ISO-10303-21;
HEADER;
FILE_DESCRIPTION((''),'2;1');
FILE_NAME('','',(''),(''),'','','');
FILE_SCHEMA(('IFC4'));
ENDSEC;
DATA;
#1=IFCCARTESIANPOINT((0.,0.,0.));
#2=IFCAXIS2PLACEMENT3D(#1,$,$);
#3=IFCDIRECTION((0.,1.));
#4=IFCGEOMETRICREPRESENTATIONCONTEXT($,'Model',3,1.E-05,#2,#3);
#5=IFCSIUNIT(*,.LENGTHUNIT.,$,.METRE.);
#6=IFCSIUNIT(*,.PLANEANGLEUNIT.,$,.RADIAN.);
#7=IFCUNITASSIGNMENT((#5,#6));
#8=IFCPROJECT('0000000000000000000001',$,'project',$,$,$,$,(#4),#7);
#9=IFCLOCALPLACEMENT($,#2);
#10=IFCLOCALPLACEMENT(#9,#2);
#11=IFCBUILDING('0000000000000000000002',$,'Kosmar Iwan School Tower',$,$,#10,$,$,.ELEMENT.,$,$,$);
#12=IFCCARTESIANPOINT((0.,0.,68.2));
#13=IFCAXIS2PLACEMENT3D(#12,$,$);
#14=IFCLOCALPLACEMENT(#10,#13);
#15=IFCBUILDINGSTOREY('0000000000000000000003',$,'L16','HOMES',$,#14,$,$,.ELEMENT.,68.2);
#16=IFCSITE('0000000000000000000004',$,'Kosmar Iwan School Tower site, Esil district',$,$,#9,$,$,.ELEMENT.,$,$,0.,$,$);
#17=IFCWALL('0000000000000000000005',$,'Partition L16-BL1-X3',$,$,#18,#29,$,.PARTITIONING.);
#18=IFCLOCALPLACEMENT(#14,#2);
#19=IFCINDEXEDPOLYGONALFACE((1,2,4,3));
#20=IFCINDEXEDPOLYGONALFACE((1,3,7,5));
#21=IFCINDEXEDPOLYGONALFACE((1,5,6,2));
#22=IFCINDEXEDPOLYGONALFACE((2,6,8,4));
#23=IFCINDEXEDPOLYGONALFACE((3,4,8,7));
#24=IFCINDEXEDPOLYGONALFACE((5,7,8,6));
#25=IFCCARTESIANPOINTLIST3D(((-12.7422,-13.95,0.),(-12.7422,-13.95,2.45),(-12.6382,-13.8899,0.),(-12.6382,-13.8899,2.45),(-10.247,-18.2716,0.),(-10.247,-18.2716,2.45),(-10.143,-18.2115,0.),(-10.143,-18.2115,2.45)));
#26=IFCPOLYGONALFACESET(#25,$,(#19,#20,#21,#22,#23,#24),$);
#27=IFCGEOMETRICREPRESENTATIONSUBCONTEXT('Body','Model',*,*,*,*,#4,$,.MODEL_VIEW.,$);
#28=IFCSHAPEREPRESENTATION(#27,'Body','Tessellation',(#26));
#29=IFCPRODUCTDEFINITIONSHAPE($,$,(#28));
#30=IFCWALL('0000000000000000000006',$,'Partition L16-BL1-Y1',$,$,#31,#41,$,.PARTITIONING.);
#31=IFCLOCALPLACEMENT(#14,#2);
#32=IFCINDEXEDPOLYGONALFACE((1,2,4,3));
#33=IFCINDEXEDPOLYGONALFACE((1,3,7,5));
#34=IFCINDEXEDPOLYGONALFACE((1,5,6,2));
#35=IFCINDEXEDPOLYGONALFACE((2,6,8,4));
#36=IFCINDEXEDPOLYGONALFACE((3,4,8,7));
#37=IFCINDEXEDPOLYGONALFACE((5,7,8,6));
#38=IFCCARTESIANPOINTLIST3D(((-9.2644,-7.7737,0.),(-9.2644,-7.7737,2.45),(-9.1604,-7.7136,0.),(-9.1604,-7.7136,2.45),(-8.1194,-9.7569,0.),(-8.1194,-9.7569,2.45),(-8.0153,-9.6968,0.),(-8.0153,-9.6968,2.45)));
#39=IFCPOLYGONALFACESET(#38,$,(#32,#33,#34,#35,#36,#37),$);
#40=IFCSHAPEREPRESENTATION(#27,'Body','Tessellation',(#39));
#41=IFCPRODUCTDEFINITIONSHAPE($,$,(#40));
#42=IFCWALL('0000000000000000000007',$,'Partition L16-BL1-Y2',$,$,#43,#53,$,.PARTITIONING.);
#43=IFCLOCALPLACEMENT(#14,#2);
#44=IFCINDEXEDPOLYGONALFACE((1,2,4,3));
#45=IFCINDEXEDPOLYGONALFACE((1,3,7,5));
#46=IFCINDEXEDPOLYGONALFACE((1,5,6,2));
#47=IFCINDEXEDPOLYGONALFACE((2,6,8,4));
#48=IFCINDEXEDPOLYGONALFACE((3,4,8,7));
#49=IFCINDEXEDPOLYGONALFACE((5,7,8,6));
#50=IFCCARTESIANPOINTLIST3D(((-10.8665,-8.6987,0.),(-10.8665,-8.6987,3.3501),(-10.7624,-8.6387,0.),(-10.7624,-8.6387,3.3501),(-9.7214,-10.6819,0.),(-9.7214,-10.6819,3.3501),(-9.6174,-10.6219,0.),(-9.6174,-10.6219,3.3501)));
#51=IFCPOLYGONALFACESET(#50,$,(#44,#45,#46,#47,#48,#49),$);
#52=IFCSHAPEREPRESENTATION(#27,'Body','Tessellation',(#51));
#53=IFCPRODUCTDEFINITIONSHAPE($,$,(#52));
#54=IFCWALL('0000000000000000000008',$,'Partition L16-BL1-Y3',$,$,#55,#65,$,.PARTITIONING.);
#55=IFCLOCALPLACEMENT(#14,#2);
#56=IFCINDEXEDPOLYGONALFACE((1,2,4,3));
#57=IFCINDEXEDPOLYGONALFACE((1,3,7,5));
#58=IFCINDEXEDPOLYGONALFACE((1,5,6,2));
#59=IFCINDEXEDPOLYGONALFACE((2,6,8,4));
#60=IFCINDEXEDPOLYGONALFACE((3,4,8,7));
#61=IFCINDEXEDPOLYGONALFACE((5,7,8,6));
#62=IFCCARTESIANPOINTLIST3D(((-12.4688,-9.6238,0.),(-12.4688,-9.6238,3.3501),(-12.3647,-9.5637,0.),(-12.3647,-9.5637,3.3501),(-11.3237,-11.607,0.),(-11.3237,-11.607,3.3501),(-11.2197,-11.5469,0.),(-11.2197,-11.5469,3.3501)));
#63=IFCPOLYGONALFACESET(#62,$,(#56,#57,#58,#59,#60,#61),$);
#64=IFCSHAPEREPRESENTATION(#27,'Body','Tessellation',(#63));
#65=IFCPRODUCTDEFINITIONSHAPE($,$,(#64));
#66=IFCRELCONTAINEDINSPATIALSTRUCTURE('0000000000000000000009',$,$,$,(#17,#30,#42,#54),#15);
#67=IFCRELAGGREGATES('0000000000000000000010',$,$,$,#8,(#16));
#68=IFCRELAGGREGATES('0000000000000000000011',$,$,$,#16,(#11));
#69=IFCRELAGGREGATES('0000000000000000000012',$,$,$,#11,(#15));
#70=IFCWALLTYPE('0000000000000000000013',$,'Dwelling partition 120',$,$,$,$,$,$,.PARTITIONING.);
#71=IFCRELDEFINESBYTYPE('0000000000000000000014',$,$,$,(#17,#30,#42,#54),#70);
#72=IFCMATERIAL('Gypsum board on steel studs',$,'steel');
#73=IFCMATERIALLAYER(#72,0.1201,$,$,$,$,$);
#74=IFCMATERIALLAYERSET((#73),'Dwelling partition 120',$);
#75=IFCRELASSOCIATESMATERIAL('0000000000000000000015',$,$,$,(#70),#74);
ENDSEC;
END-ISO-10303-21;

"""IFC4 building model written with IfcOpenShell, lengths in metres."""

from ifc_helpers import new_model, si_unit, direction, frame, frame_2d, origin, place, context, subcontext, project, spatial, rectangle, extrude, material, layer, layer_set, type_object, element, save


model = new_model("IFC4")

# Units and contexts
model_context = context("Model", 3, precision=1e-05, world=origin(), true_north=direction((0.0, 1.0)))
body_context = subcontext(model_context, "Body", "Model", "MODEL_VIEW")
ifc_project = project(units=[si_unit("LENGTHUNIT", "METRE"), si_unit("PLANEANGLEUNIT", "RADIAN")], contexts=[model_context])

# Site, building, storey
site_placement = place(None, origin())
site = spatial("IfcSite", under=ifc_project, at=site_placement, Name="Kosmar Iwan School Tower site, Esil district", CompositionType="ELEMENT", RefElevation=0.0)
building_placement = place(site_placement, origin())
building = spatial("IfcBuilding", under=site, at=building_placement, Name="Kosmar Iwan School Tower", CompositionType="ELEMENT")
storey_placement = place(building_placement, frame((0.0, 0.0, 68.2)))
storey = spatial("IfcBuildingStorey", under=building, at=storey_placement, Name="L16", Description="HOMES", CompositionType="ELEMENT", Elevation=68.2)

# Shared definitions
ifc_material_1 = material(Name="Gypsum board on steel studs", Category="steel")
ifc_layer_1 = layer(ifc_material_1, 0.1201)
ifc_layer_set_1 = layer_set([ifc_layer_1], Name="Dwelling partition 120")
wall_type_1 = type_object("IfcWallType", Name="Dwelling partition 120", PredefinedType="PARTITIONING", material=ifc_layer_set_1)

# Walls
wall_1_placement = place(storey_placement, frame((-12.6902, -13.9199, 0.0), z_axis=(0.0, 0.0, 1.0), x_axis=(0.500012, -0.866019, 0.0)))
element("IfcWall", 1, at=wall_1_placement, inside=storey, type_object=wall_type_1, Name="Partition L16-BL1-X3", PredefinedType="PARTITIONING", context=body_context, shape_type="SweptSolid", body=[
    extrude(rectangle(XDim=4.9902, YDim=0.1201, at=frame_2d((2.4951, 0.0))), origin(), (0.0, 0.0, 1.0), 2.45),
])
wall_2_placement = place(storey_placement, frame((-9.2124, -7.7437, 0.0), z_axis=(0.0, 0.0, 1.0), x_axis=(0.500015, -0.866017, 0.0)))
element("IfcWall", 2, at=wall_2_placement, inside=storey, type_object=wall_type_1, Name="Partition L16-BL1-Y1", PredefinedType="PARTITIONING", context=body_context, shape_type="SweptSolid", body=[
    extrude(rectangle(XDim=2.29, YDim=0.1201, at=frame_2d((1.145, 0.0))), origin(), (0.0, 0.0, 1.0), 2.45),
])
for number, where, z_axis, x_axis, name in (
    (3, (-10.8145, -8.6687, 0.0), (0.0, 0.0, 1.0), (0.500015, -0.866017, 0.0), "Partition L16-BL1-Y2"),
    (4, (-12.4167, -9.5938, 0.0), (0.0, 0.0, 1.0), (0.500015, -0.866017, 0.0), "Partition L16-BL1-Y3"),
):
    element("IfcWall", number, at=place(storey_placement, frame(where, z_axis=z_axis, x_axis=x_axis)), inside=storey, type_object=wall_type_1, Name=name, PredefinedType="PARTITIONING", context=body_context, shape_type="SweptSolid", body=[
        extrude(rectangle(XDim=2.29, YDim=0.1201, at=frame_2d((1.145, 0.0))), origin(), (0.0, 0.0, 1.0), 3.3501),
    ])

save(model, "model.ifc")
